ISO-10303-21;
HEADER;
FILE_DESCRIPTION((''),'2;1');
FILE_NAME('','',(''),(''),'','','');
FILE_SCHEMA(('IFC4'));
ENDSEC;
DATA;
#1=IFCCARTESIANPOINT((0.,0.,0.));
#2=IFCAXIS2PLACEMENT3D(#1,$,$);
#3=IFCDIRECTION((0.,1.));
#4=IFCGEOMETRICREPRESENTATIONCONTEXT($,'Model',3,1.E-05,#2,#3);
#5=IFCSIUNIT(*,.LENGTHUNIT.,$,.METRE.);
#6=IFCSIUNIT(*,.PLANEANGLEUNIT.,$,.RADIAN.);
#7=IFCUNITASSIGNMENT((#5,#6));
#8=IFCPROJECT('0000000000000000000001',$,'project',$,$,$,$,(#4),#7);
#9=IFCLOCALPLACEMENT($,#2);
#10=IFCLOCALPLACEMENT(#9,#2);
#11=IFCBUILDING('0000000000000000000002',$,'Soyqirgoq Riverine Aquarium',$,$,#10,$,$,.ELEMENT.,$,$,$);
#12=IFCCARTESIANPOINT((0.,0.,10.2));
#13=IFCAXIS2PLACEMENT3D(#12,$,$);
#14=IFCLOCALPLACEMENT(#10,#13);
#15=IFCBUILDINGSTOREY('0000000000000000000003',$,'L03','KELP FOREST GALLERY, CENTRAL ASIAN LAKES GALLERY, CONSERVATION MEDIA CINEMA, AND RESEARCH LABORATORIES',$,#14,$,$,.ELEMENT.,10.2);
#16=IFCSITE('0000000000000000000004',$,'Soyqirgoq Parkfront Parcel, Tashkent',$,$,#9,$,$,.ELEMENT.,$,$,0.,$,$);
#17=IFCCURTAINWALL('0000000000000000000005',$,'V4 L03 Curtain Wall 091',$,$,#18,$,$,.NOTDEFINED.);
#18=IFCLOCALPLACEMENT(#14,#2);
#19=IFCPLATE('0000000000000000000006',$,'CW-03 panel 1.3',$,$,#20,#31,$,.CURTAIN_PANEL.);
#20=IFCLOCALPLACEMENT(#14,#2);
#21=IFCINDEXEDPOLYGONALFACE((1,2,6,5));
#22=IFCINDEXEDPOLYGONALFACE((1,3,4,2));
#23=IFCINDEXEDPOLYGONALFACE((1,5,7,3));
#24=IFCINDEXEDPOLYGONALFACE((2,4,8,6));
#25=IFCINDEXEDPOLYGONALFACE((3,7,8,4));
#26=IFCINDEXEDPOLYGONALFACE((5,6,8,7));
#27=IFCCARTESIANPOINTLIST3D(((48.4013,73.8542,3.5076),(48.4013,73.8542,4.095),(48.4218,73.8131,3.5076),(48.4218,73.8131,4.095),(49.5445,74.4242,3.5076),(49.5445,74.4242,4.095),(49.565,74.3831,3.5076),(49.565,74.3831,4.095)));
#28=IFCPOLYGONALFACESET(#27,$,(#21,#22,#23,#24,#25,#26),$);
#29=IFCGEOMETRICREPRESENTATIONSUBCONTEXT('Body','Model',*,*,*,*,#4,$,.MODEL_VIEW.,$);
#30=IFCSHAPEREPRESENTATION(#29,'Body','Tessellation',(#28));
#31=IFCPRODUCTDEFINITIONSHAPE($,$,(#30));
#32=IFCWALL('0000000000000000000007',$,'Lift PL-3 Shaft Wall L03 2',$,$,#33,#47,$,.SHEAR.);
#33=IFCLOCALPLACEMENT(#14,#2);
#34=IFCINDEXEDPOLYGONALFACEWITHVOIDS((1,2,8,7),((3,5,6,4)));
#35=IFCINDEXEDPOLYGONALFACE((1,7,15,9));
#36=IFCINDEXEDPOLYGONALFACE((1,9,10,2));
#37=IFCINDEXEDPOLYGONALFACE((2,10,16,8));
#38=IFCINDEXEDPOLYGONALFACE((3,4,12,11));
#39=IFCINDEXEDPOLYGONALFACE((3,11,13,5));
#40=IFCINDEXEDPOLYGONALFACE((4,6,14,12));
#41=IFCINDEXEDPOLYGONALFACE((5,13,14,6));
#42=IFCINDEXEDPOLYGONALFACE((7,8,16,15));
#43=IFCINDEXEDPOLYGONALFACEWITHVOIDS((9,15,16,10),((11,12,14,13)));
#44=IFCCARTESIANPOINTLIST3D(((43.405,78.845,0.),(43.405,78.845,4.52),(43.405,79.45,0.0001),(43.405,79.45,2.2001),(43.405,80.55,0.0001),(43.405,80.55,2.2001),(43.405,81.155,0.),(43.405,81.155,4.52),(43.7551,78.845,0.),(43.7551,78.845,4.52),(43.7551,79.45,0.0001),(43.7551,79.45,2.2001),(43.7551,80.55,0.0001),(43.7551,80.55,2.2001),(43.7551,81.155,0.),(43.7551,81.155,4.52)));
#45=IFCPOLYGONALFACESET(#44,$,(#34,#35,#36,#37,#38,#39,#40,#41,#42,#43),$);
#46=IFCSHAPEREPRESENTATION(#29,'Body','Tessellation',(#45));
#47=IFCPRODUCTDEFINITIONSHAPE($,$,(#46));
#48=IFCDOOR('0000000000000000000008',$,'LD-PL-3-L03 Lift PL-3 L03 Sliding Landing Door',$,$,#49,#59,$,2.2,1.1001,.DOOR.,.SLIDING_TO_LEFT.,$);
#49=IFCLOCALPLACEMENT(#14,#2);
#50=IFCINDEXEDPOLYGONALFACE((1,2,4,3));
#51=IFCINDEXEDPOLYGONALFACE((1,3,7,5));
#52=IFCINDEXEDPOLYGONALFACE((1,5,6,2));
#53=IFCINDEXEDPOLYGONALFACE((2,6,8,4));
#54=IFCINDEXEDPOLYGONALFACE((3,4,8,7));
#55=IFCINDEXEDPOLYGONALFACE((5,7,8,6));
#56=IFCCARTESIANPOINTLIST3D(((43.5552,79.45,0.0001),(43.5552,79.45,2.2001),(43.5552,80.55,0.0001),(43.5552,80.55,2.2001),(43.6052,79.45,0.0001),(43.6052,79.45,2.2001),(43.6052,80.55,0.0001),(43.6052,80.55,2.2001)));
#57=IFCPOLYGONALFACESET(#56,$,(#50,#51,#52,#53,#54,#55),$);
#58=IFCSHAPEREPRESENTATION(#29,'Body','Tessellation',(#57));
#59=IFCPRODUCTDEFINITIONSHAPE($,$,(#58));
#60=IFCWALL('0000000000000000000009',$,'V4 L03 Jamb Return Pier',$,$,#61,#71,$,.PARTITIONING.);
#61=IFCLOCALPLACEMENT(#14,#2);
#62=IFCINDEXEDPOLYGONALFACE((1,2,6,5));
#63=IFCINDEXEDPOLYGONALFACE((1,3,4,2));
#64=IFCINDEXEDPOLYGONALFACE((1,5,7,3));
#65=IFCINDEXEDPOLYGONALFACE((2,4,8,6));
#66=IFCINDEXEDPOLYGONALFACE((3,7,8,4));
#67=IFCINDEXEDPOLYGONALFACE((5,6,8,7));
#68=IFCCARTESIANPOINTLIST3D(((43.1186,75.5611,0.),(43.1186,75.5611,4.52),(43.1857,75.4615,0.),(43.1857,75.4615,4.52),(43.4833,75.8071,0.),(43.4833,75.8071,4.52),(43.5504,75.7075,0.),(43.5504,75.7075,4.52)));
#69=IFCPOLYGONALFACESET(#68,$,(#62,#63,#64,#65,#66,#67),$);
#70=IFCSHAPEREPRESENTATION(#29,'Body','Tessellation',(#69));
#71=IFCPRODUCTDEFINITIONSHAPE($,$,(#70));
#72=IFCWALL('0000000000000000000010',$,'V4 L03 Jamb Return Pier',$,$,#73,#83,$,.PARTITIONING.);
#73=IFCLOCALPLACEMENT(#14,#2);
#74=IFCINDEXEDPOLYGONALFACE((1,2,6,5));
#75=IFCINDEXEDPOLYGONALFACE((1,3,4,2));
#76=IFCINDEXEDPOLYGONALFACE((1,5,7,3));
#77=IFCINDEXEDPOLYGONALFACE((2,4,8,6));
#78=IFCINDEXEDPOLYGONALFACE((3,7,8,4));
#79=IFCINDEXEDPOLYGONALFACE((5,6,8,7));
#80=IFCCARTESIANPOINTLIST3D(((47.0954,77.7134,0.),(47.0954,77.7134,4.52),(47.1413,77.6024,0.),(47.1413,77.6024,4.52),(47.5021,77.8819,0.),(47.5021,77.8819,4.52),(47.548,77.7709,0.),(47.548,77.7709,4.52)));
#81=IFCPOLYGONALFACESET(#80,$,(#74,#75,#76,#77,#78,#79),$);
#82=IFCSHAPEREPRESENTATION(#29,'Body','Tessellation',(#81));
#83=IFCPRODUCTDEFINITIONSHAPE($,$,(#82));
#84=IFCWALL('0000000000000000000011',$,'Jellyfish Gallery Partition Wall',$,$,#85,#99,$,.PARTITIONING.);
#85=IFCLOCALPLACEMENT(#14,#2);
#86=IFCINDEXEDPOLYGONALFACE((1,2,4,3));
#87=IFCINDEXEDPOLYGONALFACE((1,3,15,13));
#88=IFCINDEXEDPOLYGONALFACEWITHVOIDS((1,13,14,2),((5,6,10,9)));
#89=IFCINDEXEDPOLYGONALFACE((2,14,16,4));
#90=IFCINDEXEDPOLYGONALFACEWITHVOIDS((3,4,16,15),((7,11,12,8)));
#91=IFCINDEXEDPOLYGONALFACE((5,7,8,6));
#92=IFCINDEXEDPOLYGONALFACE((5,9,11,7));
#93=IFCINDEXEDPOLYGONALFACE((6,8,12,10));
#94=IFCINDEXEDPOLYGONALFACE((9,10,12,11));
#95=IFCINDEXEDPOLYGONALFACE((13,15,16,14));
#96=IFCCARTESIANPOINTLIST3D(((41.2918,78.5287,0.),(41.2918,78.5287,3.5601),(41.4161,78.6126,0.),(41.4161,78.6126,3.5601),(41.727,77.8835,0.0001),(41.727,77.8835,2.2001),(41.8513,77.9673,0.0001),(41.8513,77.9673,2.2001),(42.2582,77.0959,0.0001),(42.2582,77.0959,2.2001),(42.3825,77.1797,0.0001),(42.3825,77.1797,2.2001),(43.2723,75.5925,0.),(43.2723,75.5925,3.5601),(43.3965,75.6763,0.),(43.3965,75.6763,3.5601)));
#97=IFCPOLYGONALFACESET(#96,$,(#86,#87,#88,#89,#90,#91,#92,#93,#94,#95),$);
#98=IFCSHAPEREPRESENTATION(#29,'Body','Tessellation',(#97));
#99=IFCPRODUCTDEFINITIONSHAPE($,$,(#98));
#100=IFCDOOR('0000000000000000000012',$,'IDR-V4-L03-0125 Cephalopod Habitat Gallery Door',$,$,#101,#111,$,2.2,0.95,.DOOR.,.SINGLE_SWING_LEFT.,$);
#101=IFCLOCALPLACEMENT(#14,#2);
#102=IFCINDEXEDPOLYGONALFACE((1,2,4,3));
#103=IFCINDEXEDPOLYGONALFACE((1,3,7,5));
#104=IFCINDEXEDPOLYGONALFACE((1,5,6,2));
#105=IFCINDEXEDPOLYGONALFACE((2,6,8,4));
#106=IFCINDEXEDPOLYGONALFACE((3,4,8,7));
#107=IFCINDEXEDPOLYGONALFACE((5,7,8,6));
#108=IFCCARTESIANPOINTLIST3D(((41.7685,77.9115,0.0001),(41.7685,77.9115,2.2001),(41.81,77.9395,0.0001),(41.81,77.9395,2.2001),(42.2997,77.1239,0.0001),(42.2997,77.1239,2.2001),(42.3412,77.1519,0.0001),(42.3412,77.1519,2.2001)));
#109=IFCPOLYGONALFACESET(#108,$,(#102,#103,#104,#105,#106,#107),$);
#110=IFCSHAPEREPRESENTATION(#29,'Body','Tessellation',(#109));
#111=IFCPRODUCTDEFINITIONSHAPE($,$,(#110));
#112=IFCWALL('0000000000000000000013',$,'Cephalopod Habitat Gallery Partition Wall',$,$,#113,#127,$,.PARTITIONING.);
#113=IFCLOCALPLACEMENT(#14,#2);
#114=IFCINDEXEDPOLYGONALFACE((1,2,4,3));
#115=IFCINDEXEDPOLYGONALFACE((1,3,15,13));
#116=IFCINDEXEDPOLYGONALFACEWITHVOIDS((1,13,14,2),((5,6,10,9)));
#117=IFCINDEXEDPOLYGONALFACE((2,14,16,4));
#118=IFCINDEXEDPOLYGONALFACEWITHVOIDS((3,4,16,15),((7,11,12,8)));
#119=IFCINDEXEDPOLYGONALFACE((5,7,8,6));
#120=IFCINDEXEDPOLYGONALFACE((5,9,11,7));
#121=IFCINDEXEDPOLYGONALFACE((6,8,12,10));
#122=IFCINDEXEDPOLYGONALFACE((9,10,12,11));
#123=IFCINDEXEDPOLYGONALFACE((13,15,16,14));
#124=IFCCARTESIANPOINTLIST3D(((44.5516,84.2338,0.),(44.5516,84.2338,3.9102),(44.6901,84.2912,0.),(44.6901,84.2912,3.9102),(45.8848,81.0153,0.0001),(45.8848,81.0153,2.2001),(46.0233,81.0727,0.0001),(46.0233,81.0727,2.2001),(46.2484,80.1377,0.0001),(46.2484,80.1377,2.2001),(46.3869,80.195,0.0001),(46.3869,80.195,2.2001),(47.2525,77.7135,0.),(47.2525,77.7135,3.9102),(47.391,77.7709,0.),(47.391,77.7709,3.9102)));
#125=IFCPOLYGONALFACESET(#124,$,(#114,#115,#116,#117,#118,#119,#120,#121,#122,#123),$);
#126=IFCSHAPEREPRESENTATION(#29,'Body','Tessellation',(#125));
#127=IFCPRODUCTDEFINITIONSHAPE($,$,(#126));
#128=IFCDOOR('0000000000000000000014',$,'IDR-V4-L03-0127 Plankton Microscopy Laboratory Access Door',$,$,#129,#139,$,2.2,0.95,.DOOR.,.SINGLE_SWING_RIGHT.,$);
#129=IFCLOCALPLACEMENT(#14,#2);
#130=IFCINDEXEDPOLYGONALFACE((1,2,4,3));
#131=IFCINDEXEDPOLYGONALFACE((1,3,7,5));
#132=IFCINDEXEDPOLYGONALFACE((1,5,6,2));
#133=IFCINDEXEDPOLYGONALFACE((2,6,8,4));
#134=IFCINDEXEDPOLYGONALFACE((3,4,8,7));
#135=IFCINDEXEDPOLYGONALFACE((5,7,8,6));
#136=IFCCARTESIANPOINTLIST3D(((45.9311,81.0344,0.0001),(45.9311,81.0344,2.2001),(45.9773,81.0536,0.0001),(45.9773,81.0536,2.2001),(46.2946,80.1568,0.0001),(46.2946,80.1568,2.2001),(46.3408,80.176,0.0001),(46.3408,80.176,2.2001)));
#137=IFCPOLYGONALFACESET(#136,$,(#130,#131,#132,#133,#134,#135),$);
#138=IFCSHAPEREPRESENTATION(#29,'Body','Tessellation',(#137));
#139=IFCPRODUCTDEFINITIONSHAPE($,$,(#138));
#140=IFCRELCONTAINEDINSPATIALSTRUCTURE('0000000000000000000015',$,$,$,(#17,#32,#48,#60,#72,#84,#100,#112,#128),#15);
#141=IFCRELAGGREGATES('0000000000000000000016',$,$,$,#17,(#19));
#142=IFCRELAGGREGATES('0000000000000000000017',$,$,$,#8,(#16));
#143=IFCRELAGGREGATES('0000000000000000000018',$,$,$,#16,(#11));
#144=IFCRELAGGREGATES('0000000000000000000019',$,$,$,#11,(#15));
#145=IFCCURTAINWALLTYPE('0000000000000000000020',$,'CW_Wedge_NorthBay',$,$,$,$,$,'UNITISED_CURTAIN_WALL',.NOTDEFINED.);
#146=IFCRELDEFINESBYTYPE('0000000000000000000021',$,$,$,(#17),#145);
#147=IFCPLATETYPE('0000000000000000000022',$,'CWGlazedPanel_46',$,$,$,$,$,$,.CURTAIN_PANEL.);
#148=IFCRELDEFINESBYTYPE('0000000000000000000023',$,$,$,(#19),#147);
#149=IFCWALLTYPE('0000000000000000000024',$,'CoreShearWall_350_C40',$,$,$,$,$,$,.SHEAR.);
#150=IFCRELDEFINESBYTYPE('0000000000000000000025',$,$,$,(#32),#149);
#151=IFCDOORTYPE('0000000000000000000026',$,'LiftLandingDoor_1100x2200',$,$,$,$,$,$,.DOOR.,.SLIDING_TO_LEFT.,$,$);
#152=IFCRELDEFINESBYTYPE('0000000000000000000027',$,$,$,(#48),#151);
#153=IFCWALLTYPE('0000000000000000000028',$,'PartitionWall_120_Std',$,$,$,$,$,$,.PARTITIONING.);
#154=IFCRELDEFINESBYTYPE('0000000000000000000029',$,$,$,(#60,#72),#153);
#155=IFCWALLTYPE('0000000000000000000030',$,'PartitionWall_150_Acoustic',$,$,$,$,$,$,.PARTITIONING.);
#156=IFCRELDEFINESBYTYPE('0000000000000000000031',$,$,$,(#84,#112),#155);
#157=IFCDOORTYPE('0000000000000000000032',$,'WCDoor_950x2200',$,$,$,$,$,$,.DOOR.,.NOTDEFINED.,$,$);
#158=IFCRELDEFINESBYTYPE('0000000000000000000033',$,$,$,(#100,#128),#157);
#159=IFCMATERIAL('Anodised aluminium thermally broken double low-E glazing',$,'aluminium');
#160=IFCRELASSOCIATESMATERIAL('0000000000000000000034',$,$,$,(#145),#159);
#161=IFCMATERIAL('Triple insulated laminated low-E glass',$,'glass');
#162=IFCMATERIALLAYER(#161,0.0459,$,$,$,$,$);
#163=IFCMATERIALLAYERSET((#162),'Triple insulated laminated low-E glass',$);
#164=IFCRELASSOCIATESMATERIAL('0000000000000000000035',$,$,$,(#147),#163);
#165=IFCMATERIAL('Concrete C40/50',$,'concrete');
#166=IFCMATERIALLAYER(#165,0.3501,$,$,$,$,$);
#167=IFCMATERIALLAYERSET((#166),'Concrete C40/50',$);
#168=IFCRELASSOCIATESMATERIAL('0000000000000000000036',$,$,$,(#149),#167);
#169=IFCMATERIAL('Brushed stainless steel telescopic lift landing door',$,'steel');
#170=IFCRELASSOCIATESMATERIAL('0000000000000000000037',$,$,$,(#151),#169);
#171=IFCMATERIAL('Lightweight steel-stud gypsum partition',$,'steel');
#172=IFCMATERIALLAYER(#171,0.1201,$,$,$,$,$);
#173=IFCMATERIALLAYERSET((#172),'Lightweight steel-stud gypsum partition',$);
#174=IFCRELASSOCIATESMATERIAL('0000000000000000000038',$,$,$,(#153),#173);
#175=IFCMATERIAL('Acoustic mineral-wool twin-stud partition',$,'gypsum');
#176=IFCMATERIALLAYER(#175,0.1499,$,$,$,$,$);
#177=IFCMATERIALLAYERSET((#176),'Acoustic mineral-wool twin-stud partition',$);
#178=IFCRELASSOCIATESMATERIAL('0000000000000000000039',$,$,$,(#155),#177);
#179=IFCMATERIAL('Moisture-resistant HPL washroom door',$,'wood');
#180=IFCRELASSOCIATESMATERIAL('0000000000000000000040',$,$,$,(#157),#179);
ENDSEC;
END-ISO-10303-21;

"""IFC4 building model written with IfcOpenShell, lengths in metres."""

from ifc_helpers import new_model, si_unit, direction, frame, frame_2d, origin, origin_2d, place, context, subcontext, project, spatial, rectangle, extrude, material, layer, layer_set, type_object, element, fill, aggregate, save


model = new_model("IFC4")

# Units and contexts
model_context = context("Model", 3, precision=1e-05, world=origin(), true_north=direction((0.0, 1.0)))
body_context = subcontext(model_context, "Body", "Model", "MODEL_VIEW")
ifc_project = project(units=[si_unit("LENGTHUNIT", "METRE"), si_unit("PLANEANGLEUNIT", "RADIAN")], contexts=[model_context])

# Site, building, storey
site_placement = place(None, origin())
site = spatial("IfcSite", under=ifc_project, at=site_placement, Name="Soyqirgoq Parkfront Parcel, Tashkent", CompositionType="ELEMENT", RefElevation=0.0)
building_placement = place(site_placement, origin())
building = spatial("IfcBuilding", under=site, at=building_placement, Name="Soyqirgoq Riverine Aquarium", CompositionType="ELEMENT")
storey_placement = place(building_placement, frame((0.0, 0.0, 10.2)))
storey = spatial("IfcBuildingStorey", under=building, at=storey_placement, Name="L03", Description="KELP FOREST GALLERY, CENTRAL ASIAN LAKES GALLERY, CONSERVATION MEDIA CINEMA, AND RESEARCH LABORATORIES", CompositionType="ELEMENT", Elevation=10.2)

# Curtain wall, plate
ifc_material_1 = material(Name="Anodised aluminium thermally broken double low-E glazing", Category="aluminium")
curtain_wall_type_1 = type_object("IfcCurtainWallType", Name="CW_Wedge_NorthBay", ElementType="UNITISED_CURTAIN_WALL", PredefinedType="NOTDEFINED", material=ifc_material_1)
curtain_wall_1_placement = place(storey_placement, origin())
curtain_wall_1 = element("IfcCurtainWall", 1, at=curtain_wall_1_placement, inside=storey, type_object=curtain_wall_type_1, Name="V4 L03 Curtain Wall 091", PredefinedType="NOTDEFINED")
ifc_material_2 = material(Name="Triple insulated laminated low-E glass", Category="glass")
ifc_layer_1 = layer(ifc_material_2, 0.0459)
ifc_layer_set_1 = layer_set([ifc_layer_1], Name="Triple insulated laminated low-E glass")
plate_type = type_object("IfcPlateType", Name="CWGlazedPanel_46", PredefinedType="CURTAIN_PANEL", material=ifc_layer_set_1)
plate_placement = place(storey_placement, frame((48.9832, 74.1187, 3.5076), z_axis=(0.0, 0.0, 1.0), x_axis=(-0.894936, -0.446195, 0.0)))
plate = element("IfcPlate", 2, at=plate_placement, type_object=plate_type, Name="CW-03 panel 1.3", PredefinedType="CURTAIN_PANEL", context=body_context, shape_type="SweptSolid", body=[
    extrude(rectangle(XDim=1.2773, YDim=0.0459, at=origin_2d()), origin(), (0.0, 0.0, 1.0), 0.5874),
])
aggregate(curtain_wall_1, [plate])

# Wall, opening, door
ifc_material_3 = material(Name="Concrete C40/50", Category="concrete")
ifc_layer_2 = layer(ifc_material_3, 0.3501)
ifc_layer_set_2 = layer_set([ifc_layer_2], Name="Concrete C40/50")
wall_type_1 = type_object("IfcWallType", Name="CoreShearWall_350_C40", PredefinedType="SHEAR", material=ifc_layer_set_2)
wall_1_placement = place(storey_placement, frame((43.5801, 78.845, 0.0), z_axis=(0.0, 0.0, 1.0), x_axis=(0.0, 1.0, 0.0)))
wall_1 = element("IfcWall", 3, at=wall_1_placement, inside=storey, type_object=wall_type_1, Name="Lift PL-3 Shaft Wall L03 2", PredefinedType="SHEAR", context=body_context, shape_type="SweptSolid", body=[
    extrude(rectangle(XDim=2.3101, YDim=0.3501, at=frame_2d((1.155, 0.0))), origin(), (0.0, 0.0, 1.0), 4.52),
])
opening_1_placement = place(wall_1_placement, frame((0.605, 0.0, 0.0)))
opening_1 = element("IfcOpeningElement", 4, at=opening_1_placement, cuts=wall_1, PredefinedType="OPENING", context=body_context, shape_type="SweptSolid", body=[
    extrude(rectangle(XDim=1.1001, YDim=2.2, at=frame_2d((0.55, 1.1001))), frame((0.0, 0.1851, 0.0), z_axis=(0.0, -1.0, 0.0), x_axis=(1.0, 0.0, 0.0)), (0.0, 0.0, 1.0), 0.3701),
])
ifc_material_4 = material(Name="Brushed stainless steel telescopic lift landing door", Category="steel")
door_type_1 = type_object("IfcDoorType", Name="LiftLandingDoor_1100x2200", OperationType="SLIDING_TO_LEFT", PredefinedType="DOOR", material=ifc_material_4)
door_1_placement = place(opening_1_placement, origin())
door_1 = element("IfcDoor", 5, at=door_1_placement, inside=storey, type_object=door_type_1, Name="LD-PL-3-L03 Lift PL-3 L03 Sliding Landing Door", OperationType="SLIDING_TO_LEFT", OverallHeight=2.2, OverallWidth=1.1001, PredefinedType="DOOR", context=body_context, shape_type="SweptSolid", body=[
    extrude(rectangle(XDim=1.1001, YDim=2.2, at=frame_2d((0.55, 1.1001))), frame((0.0, 0.0249, 0.0), z_axis=(0.0, -1.0, 0.0), x_axis=(1.0, 0.0, 0.0)), (0.0, 0.0, 1.0), 0.05),
])
fill(opening_1, door_1)

# Walls
ifc_material_5 = material(Name="Lightweight steel-stud gypsum partition", Category="steel")
ifc_layer_3 = layer(ifc_material_5, 0.1201)
ifc_layer_set_3 = layer_set([ifc_layer_3], Name="Lightweight steel-stud gypsum partition")
wall_type_2 = type_object("IfcWallType", Name="PartitionWall_120_Std", PredefinedType="PARTITIONING", material=ifc_layer_set_3)
wall_2_placement = place(storey_placement, frame((43.5168, 75.7573, 0.0), z_axis=(0.0, 0.0, 1.0), x_axis=(-0.828964, -0.559301, 0.0)))
element("IfcWall", 6, at=wall_2_placement, inside=storey, type_object=wall_type_2, Name="V4 L03 Jamb Return Pier", PredefinedType="PARTITIONING", context=body_context, shape_type="SweptSolid", body=[
    extrude(rectangle(XDim=0.4399, YDim=0.1201, at=frame_2d((0.22, 0.0))), origin(), (0.0, 0.0, 1.0), 4.52),
])
wall_3_placement = place(storey_placement, frame((47.5251, 77.8264, 0.0), z_axis=(0.0, 0.0, 1.0), x_axis=(-0.923895, -0.382646, 0.0)))
element("IfcWall", 7, at=wall_3_placement, inside=storey, type_object=wall_type_2, Name="V4 L03 Jamb Return Pier", PredefinedType="PARTITIONING", context=body_context, shape_type="SweptSolid", body=[
    extrude(rectangle(XDim=0.4402, YDim=0.1201, at=frame_2d((0.2202, 0.0))), origin(), (0.0, 0.0, 1.0), 4.52),
])

# Walls, openings, doors
ifc_material_6 = material(Name="Acoustic mineral-wool twin-stud partition", Category="gypsum")
ifc_layer_4 = layer(ifc_material_6, 0.1499)
ifc_layer_set_4 = layer_set([ifc_layer_4], Name="Acoustic mineral-wool twin-stud partition")
wall_type_3 = type_object("IfcWallType", Name="PartitionWall_150_Acoustic", PredefinedType="PARTITIONING", material=ifc_layer_set_4)
wall_4_placement = place(storey_placement, frame((43.3345, 75.6343, 0.0), z_axis=(0.0, 0.0, 1.0), x_axis=(-0.559178, 0.829048, 0.0)))
wall_4 = element("IfcWall", 8, at=wall_4_placement, inside=storey, type_object=wall_type_3, Name="Jellyfish Gallery Partition Wall", PredefinedType="PARTITIONING", context=body_context, shape_type="SweptSolid", body=[
    extrude(rectangle(XDim=3.5417, YDim=0.1499, at=frame_2d((1.771, 0.0))), origin(), (0.0, 0.0, 1.0), 3.5601),
])
opening_2_placement = place(wall_4_placement, frame((1.8135, 0.0, 0.0)))
opening_2 = element("IfcOpeningElement", 9, at=opening_2_placement, cuts=wall_4, PredefinedType="OPENING", context=body_context, shape_type="SweptSolid", body=[
    extrude(rectangle(XDim=0.95, YDim=2.2, at=frame_2d((0.4751, 1.1001))), frame((0.0, 0.085, 0.0), z_axis=(0.0, -1.0, 0.0), x_axis=(1.0, 0.0, 0.0)), (0.0, 0.0, 1.0), 0.1699),
])
ifc_material_7 = material(Name="Moisture-resistant HPL washroom door", Category="wood")
door_type_2 = type_object("IfcDoorType", Name="WCDoor_950x2200", OperationType="NOTDEFINED", PredefinedType="DOOR", material=ifc_material_7)
door_2_placement = place(opening_2_placement, origin())
door_2 = element("IfcDoor", 10, at=door_2_placement, inside=storey, type_object=door_type_2, Name="IDR-V4-L03-0125 Cephalopod Habitat Gallery Door", OperationType="SINGLE_SWING_LEFT", OverallHeight=2.2, OverallWidth=0.95, PredefinedType="DOOR", context=body_context, shape_type="SweptSolid", body=[
    extrude(rectangle(XDim=0.95, YDim=2.2, at=frame_2d((0.4751, 1.1001))), frame((0.0, 0.0249, 0.0), z_axis=(0.0, -1.0, 0.0), x_axis=(1.0, 0.0, 0.0)), (0.0, 0.0, 1.0), 0.05),
])
fill(opening_2, door_2)
wall_5_placement = place(storey_placement, frame((47.3218, 77.7422, 0.0), z_axis=(0.0, 0.0, 1.0), x_axis=(-0.382701, 0.923872, 0.0)))
wall_5 = element("IfcWall", 11, at=wall_5_placement, inside=storey, type_object=wall_type_3, Name="Cephalopod Habitat Gallery Partition Wall", PredefinedType="PARTITIONING", context=body_context, shape_type="SweptSolid", body=[
    extrude(rectangle(XDim=7.0576, YDim=0.1499, at=frame_2d((3.5288, 0.0))), origin(), (0.0, 0.0, 1.0), 3.9102),
])
opening_3_placement = place(wall_5_placement, frame((2.6238, 0.0, 0.0)))
opening_3 = element("IfcOpeningElement", 12, at=opening_3_placement, cuts=wall_5, PredefinedType="OPENING", context=body_context, shape_type="SweptSolid", body=[
    extrude(rectangle(XDim=0.95, YDim=2.2, at=frame_2d((0.4751, 1.1001))), frame((0.0, 0.085, 0.0), z_axis=(0.0, -1.0, 0.0), x_axis=(1.0, 0.0, 0.0)), (0.0, 0.0, 1.0), 0.1699),
])
door_3_placement = place(opening_3_placement, origin())
door_3 = element("IfcDoor", 13, at=door_3_placement, inside=storey, type_object=door_type_2, Name="IDR-V4-L03-0127 Plankton Microscopy Laboratory Access Door", OperationType="SINGLE_SWING_RIGHT", OverallHeight=2.2, OverallWidth=0.95, PredefinedType="DOOR", context=body_context, shape_type="SweptSolid", body=[
    extrude(rectangle(XDim=0.95, YDim=2.2, at=frame_2d((0.4751, 1.1001))), frame((0.0, 0.0249, 0.0), z_axis=(0.0, -1.0, 0.0), x_axis=(1.0, 0.0, 0.0)), (0.0, 0.0, 1.0), 0.05),
])
fill(opening_3, door_3)

save(model, "model.ifc")
